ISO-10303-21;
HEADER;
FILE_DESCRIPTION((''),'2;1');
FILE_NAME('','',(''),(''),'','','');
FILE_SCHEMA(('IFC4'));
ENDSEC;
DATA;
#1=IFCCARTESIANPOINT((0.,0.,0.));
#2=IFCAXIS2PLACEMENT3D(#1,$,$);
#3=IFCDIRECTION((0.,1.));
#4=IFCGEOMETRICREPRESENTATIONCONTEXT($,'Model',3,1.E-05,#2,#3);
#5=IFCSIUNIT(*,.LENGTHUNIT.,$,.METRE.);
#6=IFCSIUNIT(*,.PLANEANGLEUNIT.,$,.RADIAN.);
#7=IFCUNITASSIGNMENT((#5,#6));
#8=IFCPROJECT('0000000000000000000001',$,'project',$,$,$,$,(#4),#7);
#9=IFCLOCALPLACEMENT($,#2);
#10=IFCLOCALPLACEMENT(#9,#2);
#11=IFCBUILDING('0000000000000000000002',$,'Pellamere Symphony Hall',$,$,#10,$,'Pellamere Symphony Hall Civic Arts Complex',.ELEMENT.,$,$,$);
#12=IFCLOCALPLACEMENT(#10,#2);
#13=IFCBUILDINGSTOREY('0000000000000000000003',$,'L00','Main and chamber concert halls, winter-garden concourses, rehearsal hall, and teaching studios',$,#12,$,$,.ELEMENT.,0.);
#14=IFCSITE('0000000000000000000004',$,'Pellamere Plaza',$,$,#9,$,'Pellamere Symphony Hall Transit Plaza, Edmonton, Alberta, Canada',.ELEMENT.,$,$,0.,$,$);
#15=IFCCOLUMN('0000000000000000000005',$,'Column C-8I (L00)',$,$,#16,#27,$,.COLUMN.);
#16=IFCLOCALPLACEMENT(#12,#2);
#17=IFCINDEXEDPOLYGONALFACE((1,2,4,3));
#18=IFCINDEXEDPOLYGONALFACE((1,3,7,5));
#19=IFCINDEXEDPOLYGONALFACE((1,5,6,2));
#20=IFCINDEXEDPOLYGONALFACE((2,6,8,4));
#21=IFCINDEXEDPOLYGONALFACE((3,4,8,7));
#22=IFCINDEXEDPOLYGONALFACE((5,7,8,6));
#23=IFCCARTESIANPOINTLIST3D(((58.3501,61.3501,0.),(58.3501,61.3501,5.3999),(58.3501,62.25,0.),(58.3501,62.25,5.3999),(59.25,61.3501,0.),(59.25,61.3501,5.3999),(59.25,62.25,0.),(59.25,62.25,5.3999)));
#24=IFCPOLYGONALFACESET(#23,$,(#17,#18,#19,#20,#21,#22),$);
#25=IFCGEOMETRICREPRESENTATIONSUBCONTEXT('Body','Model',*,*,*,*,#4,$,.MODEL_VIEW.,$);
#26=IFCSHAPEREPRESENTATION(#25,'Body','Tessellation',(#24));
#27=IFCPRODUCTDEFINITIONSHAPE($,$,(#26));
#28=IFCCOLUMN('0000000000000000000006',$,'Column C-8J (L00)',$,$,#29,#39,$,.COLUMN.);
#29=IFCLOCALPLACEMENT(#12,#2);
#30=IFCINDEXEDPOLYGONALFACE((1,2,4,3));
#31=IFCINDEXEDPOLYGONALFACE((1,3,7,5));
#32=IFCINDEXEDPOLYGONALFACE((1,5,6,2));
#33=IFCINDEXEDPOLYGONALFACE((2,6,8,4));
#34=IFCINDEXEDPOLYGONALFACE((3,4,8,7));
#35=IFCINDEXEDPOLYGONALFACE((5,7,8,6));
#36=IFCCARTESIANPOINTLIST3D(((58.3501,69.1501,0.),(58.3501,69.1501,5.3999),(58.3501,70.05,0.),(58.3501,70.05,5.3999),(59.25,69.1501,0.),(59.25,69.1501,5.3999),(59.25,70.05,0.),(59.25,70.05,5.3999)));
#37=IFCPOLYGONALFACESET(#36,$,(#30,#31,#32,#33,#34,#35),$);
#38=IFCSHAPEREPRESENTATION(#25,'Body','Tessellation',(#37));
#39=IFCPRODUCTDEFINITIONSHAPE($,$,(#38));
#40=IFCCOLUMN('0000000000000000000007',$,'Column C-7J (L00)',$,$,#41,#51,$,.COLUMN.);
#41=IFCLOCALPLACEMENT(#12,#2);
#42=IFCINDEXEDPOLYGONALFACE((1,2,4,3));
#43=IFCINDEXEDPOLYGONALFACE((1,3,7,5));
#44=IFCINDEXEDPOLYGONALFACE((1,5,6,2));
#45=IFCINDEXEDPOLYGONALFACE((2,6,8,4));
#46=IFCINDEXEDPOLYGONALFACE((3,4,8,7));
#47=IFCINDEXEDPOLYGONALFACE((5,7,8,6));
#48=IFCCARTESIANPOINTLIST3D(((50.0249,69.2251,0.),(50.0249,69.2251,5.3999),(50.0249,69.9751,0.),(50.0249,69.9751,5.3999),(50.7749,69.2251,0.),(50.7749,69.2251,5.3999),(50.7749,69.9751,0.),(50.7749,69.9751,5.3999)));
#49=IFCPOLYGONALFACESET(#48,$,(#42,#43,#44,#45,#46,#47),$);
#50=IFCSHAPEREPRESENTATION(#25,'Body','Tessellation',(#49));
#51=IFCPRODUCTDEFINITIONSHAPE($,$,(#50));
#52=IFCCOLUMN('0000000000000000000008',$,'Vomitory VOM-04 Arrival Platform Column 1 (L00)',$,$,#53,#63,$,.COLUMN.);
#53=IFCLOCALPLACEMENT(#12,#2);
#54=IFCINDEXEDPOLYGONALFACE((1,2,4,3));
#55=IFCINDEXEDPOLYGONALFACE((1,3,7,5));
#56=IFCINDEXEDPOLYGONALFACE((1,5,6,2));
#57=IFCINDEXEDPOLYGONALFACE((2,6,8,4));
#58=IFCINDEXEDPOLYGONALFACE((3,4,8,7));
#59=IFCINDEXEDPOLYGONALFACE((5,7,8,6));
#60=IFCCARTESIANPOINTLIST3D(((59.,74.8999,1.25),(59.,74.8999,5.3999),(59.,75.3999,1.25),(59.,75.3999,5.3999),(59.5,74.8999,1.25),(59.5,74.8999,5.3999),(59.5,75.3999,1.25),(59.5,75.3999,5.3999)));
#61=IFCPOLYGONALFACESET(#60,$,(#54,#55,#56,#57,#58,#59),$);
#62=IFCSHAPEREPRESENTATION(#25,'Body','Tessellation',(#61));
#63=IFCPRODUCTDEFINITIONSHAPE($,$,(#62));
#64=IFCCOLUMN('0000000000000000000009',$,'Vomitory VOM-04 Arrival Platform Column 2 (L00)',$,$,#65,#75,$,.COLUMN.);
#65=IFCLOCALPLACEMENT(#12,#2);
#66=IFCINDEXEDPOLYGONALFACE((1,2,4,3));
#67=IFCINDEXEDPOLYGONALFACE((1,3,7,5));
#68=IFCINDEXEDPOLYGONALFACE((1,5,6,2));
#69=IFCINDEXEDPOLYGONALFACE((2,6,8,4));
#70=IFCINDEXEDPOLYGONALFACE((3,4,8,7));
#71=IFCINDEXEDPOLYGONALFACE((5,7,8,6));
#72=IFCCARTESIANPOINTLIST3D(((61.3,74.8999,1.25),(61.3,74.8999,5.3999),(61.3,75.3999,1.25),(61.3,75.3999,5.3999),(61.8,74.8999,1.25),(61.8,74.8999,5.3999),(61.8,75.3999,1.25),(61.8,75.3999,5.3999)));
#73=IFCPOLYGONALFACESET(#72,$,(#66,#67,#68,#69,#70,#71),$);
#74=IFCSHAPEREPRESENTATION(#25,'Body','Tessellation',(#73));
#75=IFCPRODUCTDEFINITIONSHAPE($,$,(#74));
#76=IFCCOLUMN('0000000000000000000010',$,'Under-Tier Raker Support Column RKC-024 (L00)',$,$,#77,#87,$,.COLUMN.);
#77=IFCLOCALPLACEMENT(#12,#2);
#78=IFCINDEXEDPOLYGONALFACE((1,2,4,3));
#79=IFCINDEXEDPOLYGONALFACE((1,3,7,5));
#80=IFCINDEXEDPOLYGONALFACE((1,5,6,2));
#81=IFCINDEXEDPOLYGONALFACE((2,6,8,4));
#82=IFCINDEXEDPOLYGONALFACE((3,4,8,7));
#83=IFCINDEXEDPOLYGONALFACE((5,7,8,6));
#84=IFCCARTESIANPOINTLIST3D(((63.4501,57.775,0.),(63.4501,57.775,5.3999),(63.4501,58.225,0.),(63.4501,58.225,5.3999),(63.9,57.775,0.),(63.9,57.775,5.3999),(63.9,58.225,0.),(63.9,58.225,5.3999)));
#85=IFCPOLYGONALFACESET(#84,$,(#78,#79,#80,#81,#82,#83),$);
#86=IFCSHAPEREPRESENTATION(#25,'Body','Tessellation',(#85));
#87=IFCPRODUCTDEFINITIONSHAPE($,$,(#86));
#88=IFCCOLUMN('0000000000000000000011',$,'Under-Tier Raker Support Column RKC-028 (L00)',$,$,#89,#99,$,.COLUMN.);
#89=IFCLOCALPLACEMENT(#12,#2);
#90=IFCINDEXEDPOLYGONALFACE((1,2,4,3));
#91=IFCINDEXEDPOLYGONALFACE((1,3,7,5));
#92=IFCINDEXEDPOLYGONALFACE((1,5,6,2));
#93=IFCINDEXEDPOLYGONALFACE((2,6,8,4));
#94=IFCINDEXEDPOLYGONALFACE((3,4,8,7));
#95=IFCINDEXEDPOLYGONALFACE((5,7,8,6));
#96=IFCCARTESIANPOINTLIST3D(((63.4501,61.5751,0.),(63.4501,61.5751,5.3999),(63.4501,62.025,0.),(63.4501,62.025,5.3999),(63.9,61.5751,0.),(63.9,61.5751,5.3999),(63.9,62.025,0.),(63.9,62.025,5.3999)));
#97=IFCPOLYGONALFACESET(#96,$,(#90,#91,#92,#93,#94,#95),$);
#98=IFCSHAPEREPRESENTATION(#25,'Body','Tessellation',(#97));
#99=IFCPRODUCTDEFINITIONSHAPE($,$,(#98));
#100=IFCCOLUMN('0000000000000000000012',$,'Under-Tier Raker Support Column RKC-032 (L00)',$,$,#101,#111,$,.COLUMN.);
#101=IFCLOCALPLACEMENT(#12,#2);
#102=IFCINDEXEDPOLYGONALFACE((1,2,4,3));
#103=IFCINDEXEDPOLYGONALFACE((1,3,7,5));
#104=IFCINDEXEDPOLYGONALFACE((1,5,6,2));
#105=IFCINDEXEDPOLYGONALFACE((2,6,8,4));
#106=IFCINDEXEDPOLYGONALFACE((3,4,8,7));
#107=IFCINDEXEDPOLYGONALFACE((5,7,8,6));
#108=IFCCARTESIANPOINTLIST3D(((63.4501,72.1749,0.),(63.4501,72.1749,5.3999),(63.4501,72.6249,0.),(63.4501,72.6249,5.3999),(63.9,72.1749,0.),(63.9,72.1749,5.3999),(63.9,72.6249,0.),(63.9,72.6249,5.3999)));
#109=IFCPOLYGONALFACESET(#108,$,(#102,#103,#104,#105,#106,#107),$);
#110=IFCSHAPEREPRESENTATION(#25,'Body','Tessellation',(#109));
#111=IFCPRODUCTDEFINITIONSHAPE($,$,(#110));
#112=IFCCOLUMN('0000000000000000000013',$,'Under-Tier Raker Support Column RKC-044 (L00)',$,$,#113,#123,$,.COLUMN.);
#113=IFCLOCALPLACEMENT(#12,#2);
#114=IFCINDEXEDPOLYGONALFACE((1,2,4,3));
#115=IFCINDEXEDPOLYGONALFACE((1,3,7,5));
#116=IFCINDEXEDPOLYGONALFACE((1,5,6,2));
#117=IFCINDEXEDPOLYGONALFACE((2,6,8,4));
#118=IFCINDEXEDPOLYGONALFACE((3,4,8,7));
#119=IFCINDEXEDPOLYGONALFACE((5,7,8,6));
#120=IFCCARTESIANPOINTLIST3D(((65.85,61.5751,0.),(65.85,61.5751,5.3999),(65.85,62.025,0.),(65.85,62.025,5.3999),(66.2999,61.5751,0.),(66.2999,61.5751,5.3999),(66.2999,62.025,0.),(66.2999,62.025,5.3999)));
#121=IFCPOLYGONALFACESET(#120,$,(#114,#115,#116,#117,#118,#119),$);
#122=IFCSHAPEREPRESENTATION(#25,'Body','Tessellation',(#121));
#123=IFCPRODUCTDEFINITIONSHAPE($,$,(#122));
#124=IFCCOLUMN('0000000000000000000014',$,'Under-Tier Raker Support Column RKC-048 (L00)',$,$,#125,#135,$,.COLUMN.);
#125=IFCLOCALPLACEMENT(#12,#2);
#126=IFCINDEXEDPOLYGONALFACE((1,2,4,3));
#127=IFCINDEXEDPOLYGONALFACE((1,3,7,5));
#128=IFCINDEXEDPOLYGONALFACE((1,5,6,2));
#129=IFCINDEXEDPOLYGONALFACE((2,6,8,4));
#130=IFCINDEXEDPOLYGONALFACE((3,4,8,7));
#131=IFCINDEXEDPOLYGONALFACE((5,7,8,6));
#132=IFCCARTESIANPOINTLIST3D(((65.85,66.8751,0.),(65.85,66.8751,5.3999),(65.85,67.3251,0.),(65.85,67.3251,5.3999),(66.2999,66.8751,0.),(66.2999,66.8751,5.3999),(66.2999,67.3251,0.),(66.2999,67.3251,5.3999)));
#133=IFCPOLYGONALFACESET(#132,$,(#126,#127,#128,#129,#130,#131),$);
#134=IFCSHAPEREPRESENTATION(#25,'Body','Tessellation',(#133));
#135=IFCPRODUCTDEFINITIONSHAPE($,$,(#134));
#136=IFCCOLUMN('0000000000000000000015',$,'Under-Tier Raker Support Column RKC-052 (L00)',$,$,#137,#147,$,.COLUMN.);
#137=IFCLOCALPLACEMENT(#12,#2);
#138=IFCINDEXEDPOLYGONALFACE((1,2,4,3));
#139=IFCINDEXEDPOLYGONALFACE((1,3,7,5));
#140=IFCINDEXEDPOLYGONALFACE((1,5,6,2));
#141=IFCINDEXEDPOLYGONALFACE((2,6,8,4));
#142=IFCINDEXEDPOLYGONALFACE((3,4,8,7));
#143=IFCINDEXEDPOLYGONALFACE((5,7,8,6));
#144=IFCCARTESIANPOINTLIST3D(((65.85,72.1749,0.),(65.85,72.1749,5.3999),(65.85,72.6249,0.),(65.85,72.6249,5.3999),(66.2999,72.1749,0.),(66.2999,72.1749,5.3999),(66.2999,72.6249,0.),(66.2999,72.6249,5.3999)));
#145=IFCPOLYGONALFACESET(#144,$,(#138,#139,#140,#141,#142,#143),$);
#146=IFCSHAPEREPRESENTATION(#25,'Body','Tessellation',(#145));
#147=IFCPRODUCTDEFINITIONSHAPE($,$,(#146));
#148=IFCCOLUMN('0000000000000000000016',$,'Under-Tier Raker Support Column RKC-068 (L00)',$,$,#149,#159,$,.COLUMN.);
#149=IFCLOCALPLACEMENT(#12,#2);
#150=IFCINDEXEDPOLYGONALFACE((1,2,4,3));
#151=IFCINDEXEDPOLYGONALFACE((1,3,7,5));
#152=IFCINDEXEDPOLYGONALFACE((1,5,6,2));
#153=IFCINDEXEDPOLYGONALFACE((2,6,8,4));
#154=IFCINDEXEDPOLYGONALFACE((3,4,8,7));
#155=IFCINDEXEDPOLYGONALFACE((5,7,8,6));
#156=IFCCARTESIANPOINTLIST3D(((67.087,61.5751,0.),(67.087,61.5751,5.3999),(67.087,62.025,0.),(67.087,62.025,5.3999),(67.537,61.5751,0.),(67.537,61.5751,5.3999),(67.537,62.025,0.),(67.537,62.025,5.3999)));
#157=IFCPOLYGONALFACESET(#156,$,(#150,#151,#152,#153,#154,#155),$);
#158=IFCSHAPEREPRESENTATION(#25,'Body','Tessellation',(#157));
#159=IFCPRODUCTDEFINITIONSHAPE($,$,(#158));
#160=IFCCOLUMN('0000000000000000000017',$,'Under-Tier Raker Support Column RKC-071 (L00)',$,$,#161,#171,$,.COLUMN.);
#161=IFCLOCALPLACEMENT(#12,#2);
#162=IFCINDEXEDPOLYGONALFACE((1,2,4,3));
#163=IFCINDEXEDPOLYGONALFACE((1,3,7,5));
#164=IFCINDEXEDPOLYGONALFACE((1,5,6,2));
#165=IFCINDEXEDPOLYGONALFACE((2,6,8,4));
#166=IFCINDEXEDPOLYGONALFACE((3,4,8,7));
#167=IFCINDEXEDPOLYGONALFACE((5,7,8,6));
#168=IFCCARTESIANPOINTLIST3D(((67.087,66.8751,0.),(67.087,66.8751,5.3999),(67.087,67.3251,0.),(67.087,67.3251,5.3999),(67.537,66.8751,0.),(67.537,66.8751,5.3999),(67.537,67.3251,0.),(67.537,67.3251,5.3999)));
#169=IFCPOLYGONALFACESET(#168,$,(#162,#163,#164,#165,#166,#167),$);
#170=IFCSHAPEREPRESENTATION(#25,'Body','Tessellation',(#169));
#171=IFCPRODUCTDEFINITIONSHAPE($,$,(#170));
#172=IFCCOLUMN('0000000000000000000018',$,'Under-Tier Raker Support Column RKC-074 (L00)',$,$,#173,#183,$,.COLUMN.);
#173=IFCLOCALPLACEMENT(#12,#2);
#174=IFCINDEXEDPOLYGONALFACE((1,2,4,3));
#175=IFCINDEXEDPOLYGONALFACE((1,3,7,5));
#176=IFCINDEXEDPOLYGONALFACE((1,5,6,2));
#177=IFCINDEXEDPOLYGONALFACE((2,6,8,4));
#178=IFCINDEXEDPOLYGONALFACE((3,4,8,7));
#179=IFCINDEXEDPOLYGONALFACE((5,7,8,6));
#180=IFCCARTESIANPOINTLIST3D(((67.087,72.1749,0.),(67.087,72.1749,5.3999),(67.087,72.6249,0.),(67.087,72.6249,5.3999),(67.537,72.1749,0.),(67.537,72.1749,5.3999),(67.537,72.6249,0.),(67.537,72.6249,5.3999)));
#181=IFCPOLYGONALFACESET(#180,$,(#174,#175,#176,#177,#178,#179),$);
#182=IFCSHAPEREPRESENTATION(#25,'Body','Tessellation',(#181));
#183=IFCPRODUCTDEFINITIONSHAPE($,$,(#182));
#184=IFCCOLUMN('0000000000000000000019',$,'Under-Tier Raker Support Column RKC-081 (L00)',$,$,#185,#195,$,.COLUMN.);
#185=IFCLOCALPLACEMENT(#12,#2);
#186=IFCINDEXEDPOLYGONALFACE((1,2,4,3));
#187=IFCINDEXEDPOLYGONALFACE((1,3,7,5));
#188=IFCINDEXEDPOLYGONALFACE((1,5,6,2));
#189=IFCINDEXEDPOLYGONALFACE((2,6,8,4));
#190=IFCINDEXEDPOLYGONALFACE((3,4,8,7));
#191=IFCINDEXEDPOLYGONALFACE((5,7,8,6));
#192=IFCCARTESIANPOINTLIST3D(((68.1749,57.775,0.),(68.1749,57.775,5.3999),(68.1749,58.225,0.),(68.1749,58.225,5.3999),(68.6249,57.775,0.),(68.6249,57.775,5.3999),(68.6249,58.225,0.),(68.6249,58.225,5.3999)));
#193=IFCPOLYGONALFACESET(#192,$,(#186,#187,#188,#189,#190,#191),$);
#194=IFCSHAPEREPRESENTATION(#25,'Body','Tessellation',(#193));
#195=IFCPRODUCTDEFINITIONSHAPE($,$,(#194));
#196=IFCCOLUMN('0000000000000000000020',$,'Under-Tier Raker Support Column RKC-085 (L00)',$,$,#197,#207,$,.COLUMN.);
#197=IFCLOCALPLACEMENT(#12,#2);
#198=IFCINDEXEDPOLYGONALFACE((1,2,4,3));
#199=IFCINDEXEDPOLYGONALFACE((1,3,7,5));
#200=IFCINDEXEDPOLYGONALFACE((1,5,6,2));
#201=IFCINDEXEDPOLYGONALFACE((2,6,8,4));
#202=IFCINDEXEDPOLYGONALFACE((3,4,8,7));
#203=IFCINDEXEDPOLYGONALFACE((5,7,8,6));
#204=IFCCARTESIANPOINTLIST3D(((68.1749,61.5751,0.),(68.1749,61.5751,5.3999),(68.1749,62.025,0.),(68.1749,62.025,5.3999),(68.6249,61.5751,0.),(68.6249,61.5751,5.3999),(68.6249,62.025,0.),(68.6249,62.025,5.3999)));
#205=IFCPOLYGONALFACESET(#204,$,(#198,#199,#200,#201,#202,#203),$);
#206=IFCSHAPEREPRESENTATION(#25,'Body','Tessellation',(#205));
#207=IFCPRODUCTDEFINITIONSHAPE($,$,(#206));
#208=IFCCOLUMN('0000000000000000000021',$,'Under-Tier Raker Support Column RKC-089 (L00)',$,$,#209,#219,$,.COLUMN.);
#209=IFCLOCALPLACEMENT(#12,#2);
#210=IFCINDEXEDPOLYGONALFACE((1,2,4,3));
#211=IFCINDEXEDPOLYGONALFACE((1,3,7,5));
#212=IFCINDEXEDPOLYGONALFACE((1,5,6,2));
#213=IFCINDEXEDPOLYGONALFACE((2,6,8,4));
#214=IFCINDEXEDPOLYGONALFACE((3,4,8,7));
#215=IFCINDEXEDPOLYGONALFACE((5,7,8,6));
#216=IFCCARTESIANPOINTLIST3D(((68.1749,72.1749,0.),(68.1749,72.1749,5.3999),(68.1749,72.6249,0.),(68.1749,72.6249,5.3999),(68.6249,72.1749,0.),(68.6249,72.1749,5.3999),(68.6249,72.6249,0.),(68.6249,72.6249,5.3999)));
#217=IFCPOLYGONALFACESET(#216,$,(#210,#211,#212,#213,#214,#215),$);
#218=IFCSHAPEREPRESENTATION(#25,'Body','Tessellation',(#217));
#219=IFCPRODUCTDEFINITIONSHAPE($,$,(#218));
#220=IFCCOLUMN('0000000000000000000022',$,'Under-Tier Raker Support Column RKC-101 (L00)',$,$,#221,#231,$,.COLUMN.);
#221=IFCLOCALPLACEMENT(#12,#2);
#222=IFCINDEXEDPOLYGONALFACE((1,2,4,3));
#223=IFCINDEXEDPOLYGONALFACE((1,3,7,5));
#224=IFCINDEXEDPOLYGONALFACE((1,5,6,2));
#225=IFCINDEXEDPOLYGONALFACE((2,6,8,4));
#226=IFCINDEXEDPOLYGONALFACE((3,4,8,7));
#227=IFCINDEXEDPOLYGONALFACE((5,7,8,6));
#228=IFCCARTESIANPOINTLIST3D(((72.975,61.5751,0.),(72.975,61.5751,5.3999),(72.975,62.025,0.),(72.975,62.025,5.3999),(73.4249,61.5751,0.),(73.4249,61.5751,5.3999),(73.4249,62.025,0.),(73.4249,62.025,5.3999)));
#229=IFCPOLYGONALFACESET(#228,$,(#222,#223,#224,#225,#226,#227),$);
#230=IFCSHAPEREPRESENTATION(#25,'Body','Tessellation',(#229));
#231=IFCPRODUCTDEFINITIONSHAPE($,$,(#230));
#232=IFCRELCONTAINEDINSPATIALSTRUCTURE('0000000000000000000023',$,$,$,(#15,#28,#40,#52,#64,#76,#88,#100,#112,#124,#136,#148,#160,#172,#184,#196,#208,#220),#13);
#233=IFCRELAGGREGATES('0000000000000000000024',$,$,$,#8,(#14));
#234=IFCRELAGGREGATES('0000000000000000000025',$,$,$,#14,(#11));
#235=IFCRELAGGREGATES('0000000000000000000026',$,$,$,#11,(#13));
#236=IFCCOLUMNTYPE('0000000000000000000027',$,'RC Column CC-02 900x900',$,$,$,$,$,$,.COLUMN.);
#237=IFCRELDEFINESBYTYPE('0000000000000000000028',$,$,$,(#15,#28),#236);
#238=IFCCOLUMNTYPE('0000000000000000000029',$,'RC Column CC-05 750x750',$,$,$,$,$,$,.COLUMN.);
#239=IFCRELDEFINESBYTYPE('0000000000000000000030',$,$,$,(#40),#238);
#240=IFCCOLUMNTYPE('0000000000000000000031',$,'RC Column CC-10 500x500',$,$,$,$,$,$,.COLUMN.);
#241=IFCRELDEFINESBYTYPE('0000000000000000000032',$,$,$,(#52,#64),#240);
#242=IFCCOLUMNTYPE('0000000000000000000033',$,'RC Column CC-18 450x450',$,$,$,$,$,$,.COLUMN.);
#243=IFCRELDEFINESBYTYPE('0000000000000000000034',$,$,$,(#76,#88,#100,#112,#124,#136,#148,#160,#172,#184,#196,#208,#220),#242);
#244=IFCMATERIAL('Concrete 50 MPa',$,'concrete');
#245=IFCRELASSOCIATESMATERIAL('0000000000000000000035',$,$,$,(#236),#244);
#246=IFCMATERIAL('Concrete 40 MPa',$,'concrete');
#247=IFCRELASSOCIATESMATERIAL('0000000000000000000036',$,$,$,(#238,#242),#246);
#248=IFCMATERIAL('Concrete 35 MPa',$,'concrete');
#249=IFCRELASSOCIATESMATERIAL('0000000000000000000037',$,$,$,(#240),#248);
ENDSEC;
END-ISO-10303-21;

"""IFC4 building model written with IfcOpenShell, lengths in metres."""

from ifc_helpers import new_model, si_unit, direction, frame, origin, origin_2d, place, context, subcontext, project, spatial, rectangle, extrude, material, material_profile, profile_set, type_object, element, save


model = new_model("IFC4")

# Units and contexts
model_context = context("Model", 3, precision=1e-05, world=origin(), true_north=direction((0.0, 1.0)))
body_context = subcontext(model_context, "Body", "Model", "MODEL_VIEW")
ifc_project = project(units=[si_unit("LENGTHUNIT", "METRE"), si_unit("PLANEANGLEUNIT", "RADIAN")], contexts=[model_context])

# Site, building, storey
site_placement = place(None, origin())
site = spatial("IfcSite", under=ifc_project, at=site_placement, Name="Pellamere Plaza", LongName="Pellamere Symphony Hall Transit Plaza, Edmonton, Alberta, Canada", CompositionType="ELEMENT", RefElevation=0.0)
building_placement = place(site_placement, origin())
building = spatial("IfcBuilding", under=site, at=building_placement, Name="Pellamere Symphony Hall", LongName="Pellamere Symphony Hall Civic Arts Complex", CompositionType="ELEMENT")
storey_placement = place(building_placement, origin())
storey = spatial("IfcBuildingStorey", under=building, at=storey_placement, Name="L00", Description="Main and chamber concert halls, winter-garden concourses, rehearsal hall, and teaching studios", CompositionType="ELEMENT", Elevation=0.0)

# Columns
ifc_material_1 = material(Name="Concrete 50 MPa", Category="concrete")
ifc_material_profile_1 = material_profile(ifc_material_1, rectangle(XDim=0.8999, YDim=0.8999, at=origin_2d()), Name="RC 900x900")
ifc_profile_set_1 = profile_set([ifc_material_profile_1], Name="Concrete 50 MPa")
column_type_1 = type_object("IfcColumnType", Name="RC Column CC-02 900x900", PredefinedType="COLUMN", material=ifc_profile_set_1)
for number, where, z_axis, x_axis, name in (
    (1, (58.8, 61.8, 0.0), (0.0, 0.0, 1.0), (1.0, 0.0, 0.0), "Column C-8I (L00)"),
    (2, (58.8, 69.6001, 0.0), (0.0, 0.0, 1.0), (1.0, 0.0, 0.0), "Column C-8J (L00)"),
):
    element("IfcColumn", number, at=place(storey_placement, frame(where, z_axis=z_axis, x_axis=x_axis)), inside=storey, type_object=column_type_1, Name=name, PredefinedType="COLUMN", context=body_context, shape_type="SweptSolid", body=[
        extrude(rectangle(XDim=0.8999, YDim=0.8999, at=origin_2d()), origin(), (0.0, 0.0, 1.0), 5.3999),
    ])
ifc_material_2 = material(Name="Concrete 40 MPa", Category="concrete")
ifc_material_profile_2 = material_profile(ifc_material_2, rectangle(XDim=0.75, YDim=0.75, at=origin_2d()), Name="RC 750x750")
ifc_profile_set_2 = profile_set([ifc_material_profile_2], Name="Concrete 40 MPa")
column_type_2 = type_object("IfcColumnType", Name="RC Column CC-05 750x750", PredefinedType="COLUMN", material=ifc_profile_set_2)
column_placement = place(storey_placement, frame((50.3999, 69.6001, 0.0), z_axis=(0.0, 0.0, 1.0), x_axis=(1.0, 0.0, 0.0)))
element("IfcColumn", 3, at=column_placement, inside=storey, type_object=column_type_2, Name="Column C-7J (L00)", PredefinedType="COLUMN", context=body_context, shape_type="SweptSolid", body=[
    extrude(rectangle(XDim=0.75, YDim=0.75, at=origin_2d()), origin(), (0.0, 0.0, 1.0), 5.3999),
])
ifc_material_3 = material(Name="Concrete 35 MPa", Category="concrete")
ifc_material_profile_3 = material_profile(ifc_material_3, rectangle(XDim=0.5, YDim=0.5, at=origin_2d()), Name="RC 500x500")
ifc_profile_set_3 = profile_set([ifc_material_profile_3], Name="Concrete 35 MPa")
column_type_3 = type_object("IfcColumnType", Name="RC Column CC-10 500x500", PredefinedType="COLUMN", material=ifc_profile_set_3)
for number, where, z_axis, x_axis, name in (
    (4, (59.25, 75.1499, 1.25), (0.0, 0.0, 1.0), (1.0, 0.0, 0.0), "Vomitory VOM-04 Arrival Platform Column 1 (L00)"),
    (5, (61.55, 75.1499, 1.25), (0.0, 0.0, 1.0), (1.0, 0.0, 0.0), "Vomitory VOM-04 Arrival Platform Column 2 (L00)"),
):
    element("IfcColumn", number, at=place(storey_placement, frame(where, z_axis=z_axis, x_axis=x_axis)), inside=storey, type_object=column_type_3, Name=name, PredefinedType="COLUMN", context=body_context, shape_type="SweptSolid", body=[
        extrude(rectangle(XDim=0.5, YDim=0.5, at=origin_2d()), origin(), (0.0, 0.0, 1.0), 4.1499),
    ])
ifc_material_profile_4 = material_profile(ifc_material_2, rectangle(XDim=0.45, YDim=0.45, at=origin_2d()), Name="RC 450x450")
ifc_profile_set_4 = profile_set([ifc_material_profile_4], Name="Concrete 40 MPa")
column_type_4 = type_object("IfcColumnType", Name="RC Column CC-18 450x450", PredefinedType="COLUMN", material=ifc_profile_set_4)
for number, where, z_axis, x_axis, name in (
    (6, (63.675, 58.0, 0.0), (0.0, 0.0, 1.0), (1.0, 0.0, 0.0), "Under-Tier Raker Support Column RKC-024 (L00)"),
    (7, (63.675, 61.8, 0.0), (0.0, 0.0, 1.0), (1.0, 0.0, 0.0), "Under-Tier Raker Support Column RKC-028 (L00)"),
    (8, (63.675, 72.3999, 0.0), (0.0, 0.0, 1.0), (1.0, 0.0, 0.0), "Under-Tier Raker Support Column RKC-032 (L00)"),
    (9, (66.075, 61.8, 0.0), (0.0, 0.0, 1.0), (1.0, 0.0, 0.0), "Under-Tier Raker Support Column RKC-044 (L00)"),
    (10, (66.075, 67.1001, 0.0), (0.0, 0.0, 1.0), (1.0, 0.0, 0.0), "Under-Tier Raker Support Column RKC-048 (L00)"),
    (11, (66.075, 72.3999, 0.0), (0.0, 0.0, 1.0), (1.0, 0.0, 0.0), "Under-Tier Raker Support Column RKC-052 (L00)"),
    (12, (67.312, 61.8, 0.0), (0.0, 0.0, 1.0), (1.0, 0.0, 0.0), "Under-Tier Raker Support Column RKC-068 (L00)"),
    (13, (67.312, 67.1001, 0.0), (0.0, 0.0, 1.0), (1.0, 0.0, 0.0), "Under-Tier Raker Support Column RKC-071 (L00)"),
    (14, (67.312, 72.3999, 0.0), (0.0, 0.0, 1.0), (1.0, 0.0, 0.0), "Under-Tier Raker Support Column RKC-074 (L00)"),
    (15, (68.3999, 58.0, 0.0), (0.0, 0.0, 1.0), (1.0, 0.0, 0.0), "Under-Tier Raker Support Column RKC-081 (L00)"),
    (16, (68.3999, 61.8, 0.0), (0.0, 0.0, 1.0), (1.0, 0.0, 0.0), "Under-Tier Raker Support Column RKC-085 (L00)"),
    (17, (68.3999, 72.3999, 0.0), (0.0, 0.0, 1.0), (1.0, 0.0, 0.0), "Under-Tier Raker Support Column RKC-089 (L00)"),
    (18, (73.2, 61.8, 0.0), (0.0, 0.0, 1.0), (1.0, 0.0, 0.0), "Under-Tier Raker Support Column RKC-101 (L00)"),
):
    element("IfcColumn", number, at=place(storey_placement, frame(where, z_axis=z_axis, x_axis=x_axis)), inside=storey, type_object=column_type_4, Name=name, PredefinedType="COLUMN", context=body_context, shape_type="SweptSolid", body=[
        extrude(rectangle(XDim=0.45, YDim=0.45, at=origin_2d()), origin(), (0.0, 0.0, 1.0), 5.3999),
    ])

save(model, "model.ifc")
